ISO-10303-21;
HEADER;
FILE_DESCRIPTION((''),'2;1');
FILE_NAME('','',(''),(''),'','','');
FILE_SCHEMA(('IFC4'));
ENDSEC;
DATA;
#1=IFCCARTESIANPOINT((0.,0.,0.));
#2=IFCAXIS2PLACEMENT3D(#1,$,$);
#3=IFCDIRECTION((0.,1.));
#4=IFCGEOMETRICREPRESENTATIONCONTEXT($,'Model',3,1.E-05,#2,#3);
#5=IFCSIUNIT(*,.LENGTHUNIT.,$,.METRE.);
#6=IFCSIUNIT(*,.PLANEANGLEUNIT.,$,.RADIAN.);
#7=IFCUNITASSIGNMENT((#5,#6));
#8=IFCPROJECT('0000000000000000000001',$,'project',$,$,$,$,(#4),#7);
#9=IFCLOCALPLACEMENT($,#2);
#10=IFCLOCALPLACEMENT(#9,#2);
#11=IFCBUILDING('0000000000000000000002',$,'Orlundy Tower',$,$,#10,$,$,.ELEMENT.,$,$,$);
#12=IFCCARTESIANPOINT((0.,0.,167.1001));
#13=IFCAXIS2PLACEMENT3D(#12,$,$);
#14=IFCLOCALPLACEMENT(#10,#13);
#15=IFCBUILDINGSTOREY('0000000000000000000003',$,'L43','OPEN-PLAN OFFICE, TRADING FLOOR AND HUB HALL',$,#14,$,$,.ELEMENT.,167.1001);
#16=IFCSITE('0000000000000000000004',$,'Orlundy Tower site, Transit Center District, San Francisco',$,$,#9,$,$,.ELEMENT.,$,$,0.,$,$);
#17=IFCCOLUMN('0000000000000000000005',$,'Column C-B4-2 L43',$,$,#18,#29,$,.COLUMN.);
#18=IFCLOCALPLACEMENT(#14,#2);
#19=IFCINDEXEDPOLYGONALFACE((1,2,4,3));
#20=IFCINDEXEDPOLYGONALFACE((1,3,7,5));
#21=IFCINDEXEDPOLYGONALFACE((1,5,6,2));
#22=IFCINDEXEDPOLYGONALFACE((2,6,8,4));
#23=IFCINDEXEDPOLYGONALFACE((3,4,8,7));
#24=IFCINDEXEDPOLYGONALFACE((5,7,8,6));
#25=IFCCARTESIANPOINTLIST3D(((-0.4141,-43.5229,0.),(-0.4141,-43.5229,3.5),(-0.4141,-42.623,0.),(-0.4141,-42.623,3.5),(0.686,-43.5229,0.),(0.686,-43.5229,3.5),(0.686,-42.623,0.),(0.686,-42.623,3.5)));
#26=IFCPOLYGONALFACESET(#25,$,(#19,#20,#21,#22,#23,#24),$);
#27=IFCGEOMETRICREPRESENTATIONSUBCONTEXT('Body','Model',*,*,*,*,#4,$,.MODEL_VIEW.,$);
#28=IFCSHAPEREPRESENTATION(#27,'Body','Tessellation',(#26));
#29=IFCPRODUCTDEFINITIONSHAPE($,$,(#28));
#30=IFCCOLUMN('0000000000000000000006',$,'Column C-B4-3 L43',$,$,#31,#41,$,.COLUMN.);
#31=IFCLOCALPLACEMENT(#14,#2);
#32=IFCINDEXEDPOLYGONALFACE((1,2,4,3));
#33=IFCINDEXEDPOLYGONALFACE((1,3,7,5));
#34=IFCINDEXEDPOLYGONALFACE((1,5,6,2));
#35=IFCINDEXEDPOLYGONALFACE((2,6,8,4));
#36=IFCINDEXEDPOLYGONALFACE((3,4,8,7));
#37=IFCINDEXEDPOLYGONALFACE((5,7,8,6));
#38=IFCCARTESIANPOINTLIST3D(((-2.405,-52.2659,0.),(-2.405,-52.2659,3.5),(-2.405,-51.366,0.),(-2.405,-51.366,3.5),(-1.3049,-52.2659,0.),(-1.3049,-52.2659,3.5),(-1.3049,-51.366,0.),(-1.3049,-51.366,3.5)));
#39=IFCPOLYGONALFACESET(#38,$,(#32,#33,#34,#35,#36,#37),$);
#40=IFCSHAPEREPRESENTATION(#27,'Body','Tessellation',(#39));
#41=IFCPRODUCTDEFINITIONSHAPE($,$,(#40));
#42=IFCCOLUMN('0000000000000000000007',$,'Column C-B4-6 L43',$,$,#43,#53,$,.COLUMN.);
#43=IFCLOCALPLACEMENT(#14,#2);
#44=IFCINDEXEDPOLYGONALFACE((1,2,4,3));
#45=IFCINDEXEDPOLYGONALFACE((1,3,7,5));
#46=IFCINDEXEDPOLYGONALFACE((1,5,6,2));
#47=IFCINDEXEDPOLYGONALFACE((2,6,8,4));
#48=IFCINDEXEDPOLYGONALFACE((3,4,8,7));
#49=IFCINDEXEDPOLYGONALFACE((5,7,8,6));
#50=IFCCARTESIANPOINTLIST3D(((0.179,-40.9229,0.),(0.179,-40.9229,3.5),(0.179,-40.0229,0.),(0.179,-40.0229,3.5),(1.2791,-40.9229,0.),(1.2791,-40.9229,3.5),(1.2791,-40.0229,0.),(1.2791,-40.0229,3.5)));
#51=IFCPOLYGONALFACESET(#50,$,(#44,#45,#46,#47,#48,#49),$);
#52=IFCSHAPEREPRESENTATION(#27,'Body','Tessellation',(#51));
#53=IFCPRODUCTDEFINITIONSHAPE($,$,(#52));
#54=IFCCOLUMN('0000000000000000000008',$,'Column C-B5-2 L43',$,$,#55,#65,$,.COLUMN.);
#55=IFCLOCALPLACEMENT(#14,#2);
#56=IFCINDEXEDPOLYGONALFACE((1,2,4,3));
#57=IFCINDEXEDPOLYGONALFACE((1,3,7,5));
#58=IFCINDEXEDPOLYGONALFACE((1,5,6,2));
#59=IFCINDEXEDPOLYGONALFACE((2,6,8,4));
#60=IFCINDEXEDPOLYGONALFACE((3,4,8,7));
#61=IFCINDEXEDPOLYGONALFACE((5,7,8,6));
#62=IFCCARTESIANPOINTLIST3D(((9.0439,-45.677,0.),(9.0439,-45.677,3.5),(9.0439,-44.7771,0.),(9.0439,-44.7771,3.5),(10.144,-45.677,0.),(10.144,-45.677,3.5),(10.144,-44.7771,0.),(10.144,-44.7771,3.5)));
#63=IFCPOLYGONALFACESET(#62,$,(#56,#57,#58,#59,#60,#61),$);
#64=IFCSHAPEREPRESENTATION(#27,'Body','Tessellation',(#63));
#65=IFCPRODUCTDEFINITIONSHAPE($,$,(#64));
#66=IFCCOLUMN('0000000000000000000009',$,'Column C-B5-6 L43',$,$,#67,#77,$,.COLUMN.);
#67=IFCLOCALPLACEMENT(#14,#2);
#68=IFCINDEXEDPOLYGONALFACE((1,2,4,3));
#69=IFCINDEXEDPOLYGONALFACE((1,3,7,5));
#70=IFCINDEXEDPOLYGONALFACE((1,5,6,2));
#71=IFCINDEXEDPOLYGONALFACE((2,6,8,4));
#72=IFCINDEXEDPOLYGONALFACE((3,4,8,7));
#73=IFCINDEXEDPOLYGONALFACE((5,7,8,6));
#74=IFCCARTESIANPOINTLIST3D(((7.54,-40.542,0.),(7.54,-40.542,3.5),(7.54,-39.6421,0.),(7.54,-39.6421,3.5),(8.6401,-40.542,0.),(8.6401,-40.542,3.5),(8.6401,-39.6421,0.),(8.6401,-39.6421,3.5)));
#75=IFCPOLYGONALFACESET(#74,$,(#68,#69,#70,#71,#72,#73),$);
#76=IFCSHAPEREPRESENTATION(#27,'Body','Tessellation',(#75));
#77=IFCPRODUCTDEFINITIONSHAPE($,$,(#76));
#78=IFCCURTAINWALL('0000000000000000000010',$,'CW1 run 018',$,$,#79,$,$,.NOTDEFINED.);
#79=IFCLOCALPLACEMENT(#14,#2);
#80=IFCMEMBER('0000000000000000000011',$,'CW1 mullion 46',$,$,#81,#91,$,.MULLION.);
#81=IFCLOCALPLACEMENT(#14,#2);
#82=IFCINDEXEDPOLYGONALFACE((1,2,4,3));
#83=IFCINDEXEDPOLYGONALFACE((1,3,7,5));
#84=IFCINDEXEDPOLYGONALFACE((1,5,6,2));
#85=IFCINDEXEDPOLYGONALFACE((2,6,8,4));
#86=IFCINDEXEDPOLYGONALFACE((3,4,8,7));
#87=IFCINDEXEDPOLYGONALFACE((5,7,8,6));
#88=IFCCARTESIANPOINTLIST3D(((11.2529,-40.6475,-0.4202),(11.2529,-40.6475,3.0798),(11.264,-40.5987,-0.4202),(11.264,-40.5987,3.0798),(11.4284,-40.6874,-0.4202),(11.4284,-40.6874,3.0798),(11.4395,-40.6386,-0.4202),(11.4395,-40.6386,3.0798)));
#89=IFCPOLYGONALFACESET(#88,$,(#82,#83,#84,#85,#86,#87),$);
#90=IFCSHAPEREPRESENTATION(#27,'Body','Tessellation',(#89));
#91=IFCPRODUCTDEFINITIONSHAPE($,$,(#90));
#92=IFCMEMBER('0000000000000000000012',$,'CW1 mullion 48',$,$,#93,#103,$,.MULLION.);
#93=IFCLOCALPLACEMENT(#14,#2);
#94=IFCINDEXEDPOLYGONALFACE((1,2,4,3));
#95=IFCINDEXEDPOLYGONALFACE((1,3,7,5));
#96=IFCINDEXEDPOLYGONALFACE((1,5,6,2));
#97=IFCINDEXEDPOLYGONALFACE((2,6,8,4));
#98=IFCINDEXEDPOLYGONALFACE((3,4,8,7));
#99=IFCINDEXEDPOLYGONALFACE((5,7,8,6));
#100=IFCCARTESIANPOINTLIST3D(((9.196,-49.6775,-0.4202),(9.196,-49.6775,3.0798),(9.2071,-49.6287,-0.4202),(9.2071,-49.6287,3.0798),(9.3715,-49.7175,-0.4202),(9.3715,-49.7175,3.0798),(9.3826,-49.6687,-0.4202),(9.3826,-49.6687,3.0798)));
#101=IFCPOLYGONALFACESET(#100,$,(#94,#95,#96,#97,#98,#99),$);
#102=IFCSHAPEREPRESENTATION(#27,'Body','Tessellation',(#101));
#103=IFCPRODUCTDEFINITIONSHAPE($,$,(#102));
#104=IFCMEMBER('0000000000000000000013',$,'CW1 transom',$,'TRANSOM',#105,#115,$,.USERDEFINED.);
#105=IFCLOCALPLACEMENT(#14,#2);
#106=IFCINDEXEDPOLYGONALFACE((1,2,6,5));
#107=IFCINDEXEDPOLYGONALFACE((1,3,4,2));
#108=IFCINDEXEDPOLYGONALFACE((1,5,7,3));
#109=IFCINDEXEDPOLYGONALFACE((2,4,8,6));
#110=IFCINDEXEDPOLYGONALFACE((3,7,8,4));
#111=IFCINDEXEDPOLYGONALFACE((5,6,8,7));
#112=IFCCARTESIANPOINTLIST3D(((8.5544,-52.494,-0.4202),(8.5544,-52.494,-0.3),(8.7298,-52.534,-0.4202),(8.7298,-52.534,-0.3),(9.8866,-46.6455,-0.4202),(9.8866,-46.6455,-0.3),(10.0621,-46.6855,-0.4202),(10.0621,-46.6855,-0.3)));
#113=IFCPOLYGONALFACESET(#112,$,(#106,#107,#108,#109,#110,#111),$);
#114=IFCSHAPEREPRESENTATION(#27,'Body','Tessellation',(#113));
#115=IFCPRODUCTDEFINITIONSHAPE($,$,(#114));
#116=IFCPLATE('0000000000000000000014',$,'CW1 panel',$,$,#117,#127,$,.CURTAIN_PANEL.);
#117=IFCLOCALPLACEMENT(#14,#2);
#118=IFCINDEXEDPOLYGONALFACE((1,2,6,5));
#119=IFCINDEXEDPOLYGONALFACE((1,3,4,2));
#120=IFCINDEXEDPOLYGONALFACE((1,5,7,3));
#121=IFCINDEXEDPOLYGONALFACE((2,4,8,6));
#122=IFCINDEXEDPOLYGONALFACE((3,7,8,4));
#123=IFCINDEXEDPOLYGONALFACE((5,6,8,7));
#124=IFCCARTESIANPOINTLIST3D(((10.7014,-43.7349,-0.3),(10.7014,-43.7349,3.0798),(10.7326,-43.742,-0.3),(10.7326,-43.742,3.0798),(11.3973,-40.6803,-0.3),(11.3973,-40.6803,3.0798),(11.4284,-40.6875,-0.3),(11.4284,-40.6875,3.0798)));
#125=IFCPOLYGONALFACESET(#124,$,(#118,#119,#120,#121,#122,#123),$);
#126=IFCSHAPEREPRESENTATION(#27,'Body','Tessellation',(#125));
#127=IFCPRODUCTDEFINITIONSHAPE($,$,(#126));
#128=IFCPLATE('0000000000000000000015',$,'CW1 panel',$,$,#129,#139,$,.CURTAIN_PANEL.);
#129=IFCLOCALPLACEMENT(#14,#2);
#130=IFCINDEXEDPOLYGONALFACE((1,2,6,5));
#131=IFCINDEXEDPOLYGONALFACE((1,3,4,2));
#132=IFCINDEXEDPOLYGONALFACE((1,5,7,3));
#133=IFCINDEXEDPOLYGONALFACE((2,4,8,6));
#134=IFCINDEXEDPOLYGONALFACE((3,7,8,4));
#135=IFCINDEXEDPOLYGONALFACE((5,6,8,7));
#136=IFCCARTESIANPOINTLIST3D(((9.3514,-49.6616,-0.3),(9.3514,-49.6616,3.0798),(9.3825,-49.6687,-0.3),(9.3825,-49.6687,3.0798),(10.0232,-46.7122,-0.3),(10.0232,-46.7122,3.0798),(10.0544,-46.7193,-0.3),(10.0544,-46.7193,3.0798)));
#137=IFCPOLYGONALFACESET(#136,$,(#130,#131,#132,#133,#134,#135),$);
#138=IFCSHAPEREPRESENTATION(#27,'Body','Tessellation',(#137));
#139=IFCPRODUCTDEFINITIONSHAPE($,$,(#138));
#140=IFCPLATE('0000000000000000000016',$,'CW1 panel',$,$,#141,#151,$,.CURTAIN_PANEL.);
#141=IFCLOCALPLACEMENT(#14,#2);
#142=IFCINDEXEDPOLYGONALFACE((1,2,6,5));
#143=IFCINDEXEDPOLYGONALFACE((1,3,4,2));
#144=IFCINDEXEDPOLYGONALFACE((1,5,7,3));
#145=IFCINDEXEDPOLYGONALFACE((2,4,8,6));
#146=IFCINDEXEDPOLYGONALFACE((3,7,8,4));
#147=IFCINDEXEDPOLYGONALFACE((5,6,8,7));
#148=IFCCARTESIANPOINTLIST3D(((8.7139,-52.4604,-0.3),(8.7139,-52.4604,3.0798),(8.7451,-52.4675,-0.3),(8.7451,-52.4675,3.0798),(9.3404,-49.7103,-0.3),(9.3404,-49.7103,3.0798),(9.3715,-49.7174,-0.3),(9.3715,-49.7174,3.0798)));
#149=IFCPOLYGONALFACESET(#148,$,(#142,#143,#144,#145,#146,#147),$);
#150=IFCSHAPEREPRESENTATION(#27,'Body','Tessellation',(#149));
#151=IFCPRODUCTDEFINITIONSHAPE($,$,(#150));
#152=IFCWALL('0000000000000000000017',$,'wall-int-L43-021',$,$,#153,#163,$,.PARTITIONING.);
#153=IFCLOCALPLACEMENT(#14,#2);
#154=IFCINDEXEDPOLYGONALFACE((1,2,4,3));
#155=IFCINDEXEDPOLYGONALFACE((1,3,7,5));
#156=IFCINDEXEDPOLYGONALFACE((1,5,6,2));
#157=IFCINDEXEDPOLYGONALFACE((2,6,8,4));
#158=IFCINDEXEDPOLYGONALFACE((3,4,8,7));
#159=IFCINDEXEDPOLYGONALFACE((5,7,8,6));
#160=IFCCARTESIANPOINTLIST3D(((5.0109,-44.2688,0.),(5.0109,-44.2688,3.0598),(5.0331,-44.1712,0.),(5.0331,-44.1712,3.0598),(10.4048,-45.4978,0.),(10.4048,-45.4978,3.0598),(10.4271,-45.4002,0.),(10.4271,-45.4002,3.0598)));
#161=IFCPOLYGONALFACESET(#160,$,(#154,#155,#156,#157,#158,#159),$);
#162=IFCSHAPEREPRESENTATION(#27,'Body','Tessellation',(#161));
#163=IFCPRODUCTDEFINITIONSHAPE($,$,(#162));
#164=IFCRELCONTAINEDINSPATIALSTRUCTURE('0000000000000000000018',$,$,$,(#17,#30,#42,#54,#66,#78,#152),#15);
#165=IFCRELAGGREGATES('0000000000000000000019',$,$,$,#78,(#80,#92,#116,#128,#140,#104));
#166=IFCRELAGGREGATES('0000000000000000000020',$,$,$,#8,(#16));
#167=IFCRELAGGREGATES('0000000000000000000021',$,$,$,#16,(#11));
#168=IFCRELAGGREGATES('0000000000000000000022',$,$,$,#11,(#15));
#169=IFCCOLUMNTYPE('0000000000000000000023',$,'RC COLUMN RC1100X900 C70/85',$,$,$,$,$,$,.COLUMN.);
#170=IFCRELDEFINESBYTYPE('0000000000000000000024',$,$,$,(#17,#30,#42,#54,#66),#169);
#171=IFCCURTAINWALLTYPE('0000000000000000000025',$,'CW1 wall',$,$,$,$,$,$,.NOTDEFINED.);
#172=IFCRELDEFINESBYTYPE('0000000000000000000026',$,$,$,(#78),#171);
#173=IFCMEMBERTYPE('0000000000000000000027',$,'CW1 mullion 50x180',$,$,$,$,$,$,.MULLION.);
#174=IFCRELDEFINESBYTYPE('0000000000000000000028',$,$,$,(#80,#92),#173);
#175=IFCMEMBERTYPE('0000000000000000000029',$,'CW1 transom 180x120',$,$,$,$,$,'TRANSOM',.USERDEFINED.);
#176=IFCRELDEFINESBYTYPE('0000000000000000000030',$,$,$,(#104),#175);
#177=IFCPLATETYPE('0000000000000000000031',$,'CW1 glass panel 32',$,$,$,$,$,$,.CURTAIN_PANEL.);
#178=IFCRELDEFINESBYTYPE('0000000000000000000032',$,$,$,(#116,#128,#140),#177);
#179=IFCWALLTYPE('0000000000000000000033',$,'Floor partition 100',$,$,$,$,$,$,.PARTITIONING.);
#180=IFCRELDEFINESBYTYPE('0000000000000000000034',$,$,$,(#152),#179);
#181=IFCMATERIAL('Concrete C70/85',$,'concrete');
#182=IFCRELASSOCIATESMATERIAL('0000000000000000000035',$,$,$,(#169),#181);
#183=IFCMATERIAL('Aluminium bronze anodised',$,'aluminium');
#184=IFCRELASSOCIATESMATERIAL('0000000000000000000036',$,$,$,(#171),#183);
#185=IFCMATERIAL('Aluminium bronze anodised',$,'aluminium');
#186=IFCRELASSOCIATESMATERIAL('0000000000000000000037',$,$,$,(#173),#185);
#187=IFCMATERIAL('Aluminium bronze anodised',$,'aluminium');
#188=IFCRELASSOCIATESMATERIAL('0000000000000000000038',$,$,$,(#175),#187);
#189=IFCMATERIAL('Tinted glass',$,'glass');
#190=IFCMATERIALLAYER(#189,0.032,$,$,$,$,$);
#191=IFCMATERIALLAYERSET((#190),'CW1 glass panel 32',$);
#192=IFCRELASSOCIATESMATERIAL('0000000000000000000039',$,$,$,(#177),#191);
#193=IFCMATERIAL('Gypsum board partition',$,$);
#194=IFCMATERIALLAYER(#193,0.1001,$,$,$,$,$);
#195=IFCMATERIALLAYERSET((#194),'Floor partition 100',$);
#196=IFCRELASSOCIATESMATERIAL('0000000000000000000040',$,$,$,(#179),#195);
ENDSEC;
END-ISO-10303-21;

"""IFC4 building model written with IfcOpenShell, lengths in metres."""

from ifc_helpers import new_model, si_unit, direction, frame, frame_2d, origin, origin_2d, place, context, subcontext, project, spatial, rectangle, extrude, material, layer, layer_set, material_profile, profile_set, type_object, element, aggregate, save


model = new_model("IFC4")

# Units and contexts
model_context = context("Model", 3, precision=1e-05, world=origin(), true_north=direction((0.0, 1.0)))
body_context = subcontext(model_context, "Body", "Model", "MODEL_VIEW")
ifc_project = project(units=[si_unit("LENGTHUNIT", "METRE"), si_unit("PLANEANGLEUNIT", "RADIAN")], contexts=[model_context])

# Site, building, storey
site_placement = place(None, origin())
site = spatial("IfcSite", under=ifc_project, at=site_placement, Name="Orlundy Tower site, Transit Center District, San Francisco", CompositionType="ELEMENT", RefElevation=0.0)
building_placement = place(site_placement, origin())
building = spatial("IfcBuilding", under=site, at=building_placement, Name="Orlundy Tower", CompositionType="ELEMENT")
storey_placement = place(building_placement, frame((0.0, 0.0, 167.1001)))
storey = spatial("IfcBuildingStorey", under=building, at=storey_placement, Name="L43", Description="OPEN-PLAN OFFICE, TRADING FLOOR AND HUB HALL", CompositionType="ELEMENT", Elevation=167.1001)

# Columns
ifc_material_1 = material(Name="Concrete C70/85", Category="concrete")
ifc_material_profile_1 = material_profile(ifc_material_1, rectangle(XDim=1.1001, YDim=0.8999, at=origin_2d()), Name="RC1100X900")
ifc_profile_set_1 = profile_set([ifc_material_profile_1], Name="Concrete C70/85")
column_type = type_object("IfcColumnType", Name="RC COLUMN RC1100X900 C70/85", PredefinedType="COLUMN", material=ifc_profile_set_1)
for number, where, z_axis, x_axis, name in (
    (1, (0.136, -43.073, 0.0), (0.0, 0.0, 1.0), (1.0, 0.0, 0.0), "Column C-B4-2 L43"),
    (2, (-1.855, -51.8159, 0.0), (0.0, 0.0, 1.0), (1.0, 0.0, 0.0), "Column C-B4-3 L43"),
    (3, (0.729, -40.4729, 0.0), (0.0, 0.0, 1.0), (1.0, 0.0, 0.0), "Column C-B4-6 L43"),
    (4, (9.594, -45.2271, 0.0), (0.0, 0.0, 1.0), (1.0, 0.0, 0.0), "Column C-B5-2 L43"),
    (5, (8.0901, -40.092, 0.0), (0.0, 0.0, 1.0), (1.0, 0.0, 0.0), "Column C-B5-6 L43"),
):
    element("IfcColumn", number, at=place(storey_placement, frame(where, z_axis=z_axis, x_axis=x_axis)), inside=storey, type_object=column_type, Name=name, PredefinedType="COLUMN", context=body_context, shape_type="SweptSolid", body=[
        extrude(rectangle(XDim=1.1001, YDim=0.8999, at=origin_2d()), origin(), (0.0, 0.0, 1.0), 3.5),
    ])

# Curtain wall, members, plates
ifc_material_2 = material(Name="Aluminium bronze anodised", Category="aluminium")
curtain_wall_type = type_object("IfcCurtainWallType", Name="CW1 wall", PredefinedType="NOTDEFINED", material=ifc_material_2)
curtain_wall_placement = place(storey_placement, origin())
curtain_wall = element("IfcCurtainWall", 6, at=curtain_wall_placement, inside=storey, type_object=curtain_wall_type, Name="CW1 run 018", PredefinedType="NOTDEFINED")
ifc_material_3 = material(Name="Aluminium bronze anodised", Category="aluminium")
ifc_material_profile_2 = material_profile(ifc_material_3, rectangle(XDim=0.1799, YDim=0.05, at=origin_2d()), Name="CW1 mullion 50x180")
ifc_profile_set_2 = profile_set([ifc_material_profile_2], Name="Aluminium bronze anodised")
member_type_1 = type_object("IfcMemberType", Name="CW1 mullion 50x180", PredefinedType="MULLION", material=ifc_profile_set_2)
member_1_placement = place(storey_placement, frame((11.3462, -40.6431, -0.4202), z_axis=(0.0, 0.0, 1.0), x_axis=(0.975022, -0.222106, 0.0)))
member_1 = element("IfcMember", 7, at=member_1_placement, type_object=member_type_1, Name="CW1 mullion 46", PredefinedType="MULLION", context=body_context, shape_type="SweptSolid", body=[
    extrude(rectangle(XDim=0.1799, YDim=0.05, at=origin_2d()), origin(), (0.0, 0.0, 1.0), 3.5),
])
member_2_placement = place(storey_placement, frame((9.2893, -49.6731, -0.4202), z_axis=(0.0, 0.0, 1.0), x_axis=(0.975022, -0.222106, 0.0)))
member_2 = element("IfcMember", 8, at=member_2_placement, type_object=member_type_1, Name="CW1 mullion 48", PredefinedType="MULLION", context=body_context, shape_type="SweptSolid", body=[
    extrude(rectangle(XDim=0.1799, YDim=0.05, at=origin_2d()), origin(), (0.0, 0.0, 1.0), 3.5),
])
ifc_material_4 = material(Name="Aluminium bronze anodised", Category="aluminium")
ifc_material_profile_3 = material_profile(ifc_material_4, rectangle(XDim=0.1799, YDim=0.1201, at=origin_2d()), Name="CW1 transom 180x120")
ifc_profile_set_3 = profile_set([ifc_material_profile_3], Name="Aluminium bronze anodised")
member_type_2 = type_object("IfcMemberType", Name="CW1 transom 180x120", ElementType="TRANSOM", PredefinedType="USERDEFINED", material=ifc_profile_set_3)
member_3_placement = place(storey_placement, frame((9.9744, -46.6655, -0.3601), z_axis=(-0.222112, -0.975021, 0.0), x_axis=(0.975021, -0.222112, 0.0)))
member_3 = element("IfcMember", 9, at=member_3_placement, type_object=member_type_2, Name="CW1 transom", ObjectType="TRANSOM", PredefinedType="USERDEFINED", context=body_context, shape_type="SweptSolid", body=[
    extrude(rectangle(XDim=0.1799, YDim=0.1201, at=origin_2d()), origin(), (0.0, 0.0, 1.0), 5.9983),
])
ifc_material_5 = material(Name="Tinted glass", Category="glass")
ifc_layer_1 = layer(ifc_material_5, 0.032)
ifc_layer_set_1 = layer_set([ifc_layer_1], Name="CW1 glass panel 32")
plate_type = type_object("IfcPlateType", Name="CW1 glass panel 32", PredefinedType="CURTAIN_PANEL", material=ifc_layer_set_1)
plate_1_placement = place(storey_placement, frame((11.0649, -42.2112, -0.3), z_axis=(0.0, 0.0, 1.0), x_axis=(-0.222106, -0.975022, 0.0)))
plate_1 = element("IfcPlate", 10, at=plate_1_placement, type_object=plate_type, Name="CW1 panel", PredefinedType="CURTAIN_PANEL", context=body_context, shape_type="SweptSolid", body=[
    extrude(rectangle(XDim=3.1328, YDim=0.032, at=origin_2d()), origin(), (0.0, 0.0, 1.0), 3.3799),
])
plate_2_placement = place(storey_placement, frame((9.7029, -48.1904, -0.3), z_axis=(0.0, 0.0, 1.0), x_axis=(-0.222106, -0.975022, 0.0)))
plate_2 = element("IfcPlate", 11, at=plate_2_placement, type_object=plate_type, Name="CW1 panel", PredefinedType="CURTAIN_PANEL", context=body_context, shape_type="SweptSolid", body=[
    extrude(rectangle(XDim=3.0249, YDim=0.032, at=origin_2d()), origin(), (0.0, 0.0, 1.0), 3.3799),
])
plate_3_placement = place(storey_placement, frame((9.0427, -51.0889, -0.3), z_axis=(0.0, 0.0, 1.0), x_axis=(-0.222106, -0.975022, 0.0)))
plate_3 = element("IfcPlate", 12, at=plate_3_placement, type_object=plate_type, Name="CW1 panel", PredefinedType="CURTAIN_PANEL", context=body_context, shape_type="SweptSolid", body=[
    extrude(rectangle(XDim=2.8206, YDim=0.032, at=origin_2d()), origin(), (0.0, 0.0, 1.0), 3.3799),
])
aggregate(curtain_wall, [member_1, member_2, plate_1, plate_2, plate_3, member_3])

# Wall
ifc_material_6 = material(Name="Gypsum board partition")
ifc_layer_2 = layer(ifc_material_6, 0.1001)
ifc_layer_set_2 = layer_set([ifc_layer_2], Name="Floor partition 100")
wall_type_1 = type_object("IfcWallType", Name="Floor partition 100", PredefinedType="PARTITIONING", material=ifc_layer_set_2)
wall_1_placement = place(storey_placement, frame((5.022, -44.22, 0.0), z_axis=(0.0, 0.0, 1.0), x_axis=(0.975012, -0.222151, 0.0)))
element("IfcWall", 13, at=wall_1_placement, inside=storey, type_object=wall_type_1, Name="wall-int-L43-021", PredefinedType="PARTITIONING", context=body_context, shape_type="SweptSolid", body=[
    extrude(rectangle(XDim=5.5322, YDim=0.1001, at=frame_2d((2.7661, 0.0))), origin(), (0.0, 0.0, 1.0), 3.0598),
])

save(model, "model.ifc")
